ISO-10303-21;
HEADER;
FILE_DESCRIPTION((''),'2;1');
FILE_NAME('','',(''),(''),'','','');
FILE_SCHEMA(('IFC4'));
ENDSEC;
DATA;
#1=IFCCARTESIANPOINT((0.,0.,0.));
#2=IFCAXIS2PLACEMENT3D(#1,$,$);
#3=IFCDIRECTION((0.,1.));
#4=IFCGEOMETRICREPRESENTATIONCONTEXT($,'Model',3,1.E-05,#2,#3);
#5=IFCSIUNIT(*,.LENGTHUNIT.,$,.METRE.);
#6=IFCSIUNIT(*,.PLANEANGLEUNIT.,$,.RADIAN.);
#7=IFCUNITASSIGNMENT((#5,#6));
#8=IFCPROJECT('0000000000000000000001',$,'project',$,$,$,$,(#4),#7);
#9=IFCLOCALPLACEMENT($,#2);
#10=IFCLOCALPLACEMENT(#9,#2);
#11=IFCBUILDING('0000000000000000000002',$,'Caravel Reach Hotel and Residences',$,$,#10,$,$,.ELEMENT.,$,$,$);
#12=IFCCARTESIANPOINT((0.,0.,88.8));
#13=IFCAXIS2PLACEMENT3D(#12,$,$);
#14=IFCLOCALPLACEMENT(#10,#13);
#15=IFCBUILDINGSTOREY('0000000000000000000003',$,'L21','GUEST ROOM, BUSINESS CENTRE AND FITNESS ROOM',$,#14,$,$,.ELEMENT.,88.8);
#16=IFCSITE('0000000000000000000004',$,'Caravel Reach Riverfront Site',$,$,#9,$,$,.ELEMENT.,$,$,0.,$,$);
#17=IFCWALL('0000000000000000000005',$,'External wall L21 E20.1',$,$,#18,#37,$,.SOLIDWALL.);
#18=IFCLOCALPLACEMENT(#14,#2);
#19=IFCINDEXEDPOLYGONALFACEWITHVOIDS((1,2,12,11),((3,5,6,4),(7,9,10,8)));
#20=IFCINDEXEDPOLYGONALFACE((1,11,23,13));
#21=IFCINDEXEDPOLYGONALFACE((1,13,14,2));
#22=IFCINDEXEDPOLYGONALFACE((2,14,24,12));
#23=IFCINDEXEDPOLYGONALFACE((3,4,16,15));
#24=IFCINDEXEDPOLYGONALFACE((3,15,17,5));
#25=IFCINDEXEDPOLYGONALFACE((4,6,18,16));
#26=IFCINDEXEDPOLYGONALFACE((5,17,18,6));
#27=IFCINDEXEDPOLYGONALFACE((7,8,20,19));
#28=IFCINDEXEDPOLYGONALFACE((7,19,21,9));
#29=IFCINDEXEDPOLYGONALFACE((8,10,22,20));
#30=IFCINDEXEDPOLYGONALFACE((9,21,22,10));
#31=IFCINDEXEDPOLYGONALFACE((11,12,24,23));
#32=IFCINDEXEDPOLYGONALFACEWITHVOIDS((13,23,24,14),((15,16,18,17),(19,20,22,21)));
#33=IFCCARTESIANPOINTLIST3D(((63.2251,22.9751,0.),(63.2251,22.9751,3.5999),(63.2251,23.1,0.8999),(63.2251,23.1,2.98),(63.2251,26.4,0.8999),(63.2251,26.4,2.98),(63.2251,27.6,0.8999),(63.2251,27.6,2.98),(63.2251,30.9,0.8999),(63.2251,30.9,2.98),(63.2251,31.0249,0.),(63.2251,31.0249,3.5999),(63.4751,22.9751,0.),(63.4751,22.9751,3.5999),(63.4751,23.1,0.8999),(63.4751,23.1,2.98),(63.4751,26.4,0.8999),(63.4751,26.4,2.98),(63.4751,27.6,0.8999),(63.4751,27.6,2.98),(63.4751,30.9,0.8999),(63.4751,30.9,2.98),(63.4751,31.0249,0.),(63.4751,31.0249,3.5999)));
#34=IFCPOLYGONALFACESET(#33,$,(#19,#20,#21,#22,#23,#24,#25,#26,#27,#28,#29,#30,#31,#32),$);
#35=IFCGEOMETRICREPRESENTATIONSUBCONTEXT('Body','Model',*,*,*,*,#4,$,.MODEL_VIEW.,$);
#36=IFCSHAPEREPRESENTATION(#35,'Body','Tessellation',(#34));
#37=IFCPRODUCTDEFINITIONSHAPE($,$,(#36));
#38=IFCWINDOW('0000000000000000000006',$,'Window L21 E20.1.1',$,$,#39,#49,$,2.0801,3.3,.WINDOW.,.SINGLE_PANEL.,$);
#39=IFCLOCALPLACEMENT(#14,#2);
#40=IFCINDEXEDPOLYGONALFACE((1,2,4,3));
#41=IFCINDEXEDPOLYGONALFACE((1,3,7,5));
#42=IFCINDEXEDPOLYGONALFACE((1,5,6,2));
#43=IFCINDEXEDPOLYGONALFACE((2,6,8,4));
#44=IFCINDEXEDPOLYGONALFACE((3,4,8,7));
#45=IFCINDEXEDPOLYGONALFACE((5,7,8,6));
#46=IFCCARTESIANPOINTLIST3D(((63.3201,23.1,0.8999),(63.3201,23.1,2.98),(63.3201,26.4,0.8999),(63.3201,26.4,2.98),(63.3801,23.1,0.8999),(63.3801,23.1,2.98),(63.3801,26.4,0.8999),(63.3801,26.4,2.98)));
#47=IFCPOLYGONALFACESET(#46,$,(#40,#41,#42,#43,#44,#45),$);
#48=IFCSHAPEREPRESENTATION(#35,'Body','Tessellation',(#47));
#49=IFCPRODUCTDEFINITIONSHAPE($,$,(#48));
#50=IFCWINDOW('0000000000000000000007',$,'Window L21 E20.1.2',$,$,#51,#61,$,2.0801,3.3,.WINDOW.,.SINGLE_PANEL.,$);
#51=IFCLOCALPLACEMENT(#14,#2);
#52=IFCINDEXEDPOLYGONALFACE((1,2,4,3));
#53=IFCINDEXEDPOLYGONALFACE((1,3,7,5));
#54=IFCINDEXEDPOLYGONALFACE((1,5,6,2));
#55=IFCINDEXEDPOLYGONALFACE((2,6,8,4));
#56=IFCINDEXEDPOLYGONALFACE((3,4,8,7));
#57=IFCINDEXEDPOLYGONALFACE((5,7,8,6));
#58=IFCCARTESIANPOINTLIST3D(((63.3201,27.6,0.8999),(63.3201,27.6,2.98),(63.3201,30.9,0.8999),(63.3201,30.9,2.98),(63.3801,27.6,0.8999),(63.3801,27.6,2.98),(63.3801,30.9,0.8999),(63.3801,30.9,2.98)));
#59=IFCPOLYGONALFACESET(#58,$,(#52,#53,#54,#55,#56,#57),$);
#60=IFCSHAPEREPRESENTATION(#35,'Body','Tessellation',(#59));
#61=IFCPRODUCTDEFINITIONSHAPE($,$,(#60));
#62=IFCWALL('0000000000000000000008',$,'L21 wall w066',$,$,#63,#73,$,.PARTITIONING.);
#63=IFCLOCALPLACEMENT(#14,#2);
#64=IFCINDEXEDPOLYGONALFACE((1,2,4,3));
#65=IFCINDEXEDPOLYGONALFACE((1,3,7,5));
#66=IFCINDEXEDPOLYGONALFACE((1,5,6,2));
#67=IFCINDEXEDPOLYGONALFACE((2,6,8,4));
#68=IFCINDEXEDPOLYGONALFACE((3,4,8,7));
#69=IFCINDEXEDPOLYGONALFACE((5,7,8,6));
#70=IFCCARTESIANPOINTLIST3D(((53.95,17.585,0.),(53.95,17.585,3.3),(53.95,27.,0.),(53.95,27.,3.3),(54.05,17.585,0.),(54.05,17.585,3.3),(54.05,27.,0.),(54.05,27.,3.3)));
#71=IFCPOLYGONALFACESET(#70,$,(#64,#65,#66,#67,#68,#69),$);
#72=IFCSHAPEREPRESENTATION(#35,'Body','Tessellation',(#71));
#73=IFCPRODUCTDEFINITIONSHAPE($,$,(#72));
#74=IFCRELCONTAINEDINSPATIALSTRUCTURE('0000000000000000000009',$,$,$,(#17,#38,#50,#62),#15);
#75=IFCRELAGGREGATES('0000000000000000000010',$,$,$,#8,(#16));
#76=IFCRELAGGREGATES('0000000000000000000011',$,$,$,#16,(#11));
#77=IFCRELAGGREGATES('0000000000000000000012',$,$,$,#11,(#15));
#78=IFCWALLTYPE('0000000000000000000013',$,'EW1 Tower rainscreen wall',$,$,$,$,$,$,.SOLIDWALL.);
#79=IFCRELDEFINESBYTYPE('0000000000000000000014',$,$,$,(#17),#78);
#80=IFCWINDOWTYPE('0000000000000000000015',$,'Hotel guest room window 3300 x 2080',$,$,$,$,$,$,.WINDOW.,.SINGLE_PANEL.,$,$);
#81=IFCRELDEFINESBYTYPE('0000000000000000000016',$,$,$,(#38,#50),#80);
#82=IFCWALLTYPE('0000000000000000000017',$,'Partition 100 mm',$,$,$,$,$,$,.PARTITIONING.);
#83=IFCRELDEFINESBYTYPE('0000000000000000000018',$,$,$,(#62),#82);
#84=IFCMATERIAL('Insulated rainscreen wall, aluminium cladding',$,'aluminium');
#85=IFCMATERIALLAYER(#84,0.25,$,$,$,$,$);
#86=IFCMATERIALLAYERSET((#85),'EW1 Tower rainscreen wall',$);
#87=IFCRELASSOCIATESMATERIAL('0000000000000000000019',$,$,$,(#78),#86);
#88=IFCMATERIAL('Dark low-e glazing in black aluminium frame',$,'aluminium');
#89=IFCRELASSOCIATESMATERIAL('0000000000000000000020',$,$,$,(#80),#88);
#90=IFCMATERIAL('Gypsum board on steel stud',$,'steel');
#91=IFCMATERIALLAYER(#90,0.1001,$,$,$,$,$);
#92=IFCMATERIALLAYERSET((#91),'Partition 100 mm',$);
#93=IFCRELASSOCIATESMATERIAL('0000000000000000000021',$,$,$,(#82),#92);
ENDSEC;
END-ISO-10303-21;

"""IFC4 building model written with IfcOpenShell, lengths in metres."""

from ifc_helpers import new_model, si_unit, direction, frame, frame_2d, origin, place, context, subcontext, project, spatial, rectangle, extrude, material, layer, layer_set, type_object, element, fill, save


model = new_model("IFC4")

# Units and contexts
model_context = context("Model", 3, precision=1e-05, world=origin(), true_north=direction((0.0, 1.0)))
body_context = subcontext(model_context, "Body", "Model", "MODEL_VIEW")
ifc_project = project(units=[si_unit("LENGTHUNIT", "METRE"), si_unit("PLANEANGLEUNIT", "RADIAN")], contexts=[model_context])

# Site, building, storey
site_placement = place(None, origin())
site = spatial("IfcSite", under=ifc_project, at=site_placement, Name="Caravel Reach Riverfront Site", CompositionType="ELEMENT", RefElevation=0.0)
building_placement = place(site_placement, origin())
building = spatial("IfcBuilding", under=site, at=building_placement, Name="Caravel Reach Hotel and Residences", CompositionType="ELEMENT")
storey_placement = place(building_placement, frame((0.0, 0.0, 88.8)))
storey = spatial("IfcBuildingStorey", under=building, at=storey_placement, Name="L21", Description="GUEST ROOM, BUSINESS CENTRE AND FITNESS ROOM", CompositionType="ELEMENT", Elevation=88.8)

# Shared definitions
ifc_material_1 = material(Name="Insulated rainscreen wall, aluminium cladding", Category="aluminium")
ifc_layer_1 = layer(ifc_material_1, 0.25)
ifc_layer_set_1 = layer_set([ifc_layer_1], Name="EW1 Tower rainscreen wall")
wall_type_1 = type_object("IfcWallType", Name="EW1 Tower rainscreen wall", PredefinedType="SOLIDWALL", material=ifc_layer_set_1)
ifc_material_2 = material(Name="Dark low-e glazing in black aluminium frame", Category="aluminium")
window_type_1 = type_object("IfcWindowType", Name="Hotel guest room window 3300 x 2080", PartitioningType="SINGLE_PANEL", PredefinedType="WINDOW", material=ifc_material_2)

# Wall, openings, windows
wall_1_placement = place(storey_placement, frame((63.3501, 22.9751, 0.0), z_axis=(0.0, 0.0, 1.0), x_axis=(0.0, 1.0, 0.0)))
wall_1 = element("IfcWall", 1, at=wall_1_placement, inside=storey, type_object=wall_type_1, Name="External wall L21 E20.1", PredefinedType="SOLIDWALL", context=body_context, shape_type="SweptSolid", body=[
    extrude(rectangle(XDim=8.0498, YDim=0.25, at=frame_2d((4.0249, 0.0))), origin(), (0.0, 0.0, 1.0), 3.5999),
])
opening_1_placement = place(wall_1_placement, frame((0.125, 0.0, 0.8999)))
opening_1 = element("IfcOpeningElement", 2, at=opening_1_placement, cuts=wall_1, PredefinedType="OPENING", context=body_context, shape_type="SweptSolid", body=[
    extrude(rectangle(XDim=3.3, YDim=2.0801, at=frame_2d((1.6499, 1.04))), frame((0.0, 0.135, 0.0), z_axis=(0.0, -1.0, 0.0), x_axis=(1.0, 0.0, 0.0)), (0.0, 0.0, 1.0), 0.27),
])
opening_2_placement = place(wall_1_placement, frame((4.625, 0.0, 0.8999)))
opening_2 = element("IfcOpeningElement", 3, at=opening_2_placement, cuts=wall_1, PredefinedType="OPENING", context=body_context, shape_type="SweptSolid", body=[
    extrude(rectangle(XDim=3.3, YDim=2.0801, at=frame_2d((1.6499, 1.04))), frame((0.0, 0.135, 0.0), z_axis=(0.0, -1.0, 0.0), x_axis=(1.0, 0.0, 0.0)), (0.0, 0.0, 1.0), 0.27),
])
window_1_placement = place(opening_1_placement, origin())
window_1 = element("IfcWindow", 4, at=window_1_placement, inside=storey, type_object=window_type_1, Name="Window L21 E20.1.1", OverallHeight=2.0801, OverallWidth=3.3, PartitioningType="SINGLE_PANEL", PredefinedType="WINDOW", context=body_context, shape_type="SweptSolid", body=[
    extrude(rectangle(XDim=3.3, YDim=2.0801, at=frame_2d((1.6499, 1.04))), frame((0.0, 0.03, 0.0), z_axis=(0.0, -1.0, 0.0), x_axis=(1.0, 0.0, 0.0)), (0.0, 0.0, 1.0), 0.0601),
])
fill(opening_1, window_1)
window_2_placement = place(opening_2_placement, origin())
window_2 = element("IfcWindow", 5, at=window_2_placement, inside=storey, type_object=window_type_1, Name="Window L21 E20.1.2", OverallHeight=2.0801, OverallWidth=3.3, PartitioningType="SINGLE_PANEL", PredefinedType="WINDOW", context=body_context, shape_type="SweptSolid", body=[
    extrude(rectangle(XDim=3.3, YDim=2.0801, at=frame_2d((1.6499, 1.04))), frame((0.0, 0.03, 0.0), z_axis=(0.0, -1.0, 0.0), x_axis=(1.0, 0.0, 0.0)), (0.0, 0.0, 1.0), 0.0601),
])
fill(opening_2, window_2)

# Wall
ifc_material_3 = material(Name="Gypsum board on steel stud", Category="steel")
ifc_layer_2 = layer(ifc_material_3, 0.1001)
ifc_layer_set_2 = layer_set([ifc_layer_2], Name="Partition 100 mm")
wall_type_2 = type_object("IfcWallType", Name="Partition 100 mm", PredefinedType="PARTITIONING", material=ifc_layer_set_2)
wall_2_placement = place(storey_placement, frame((54.0, 17.585, 0.0), z_axis=(0.0, 0.0, 1.0), x_axis=(0.0, 1.0, 0.0)))
element("IfcWall", 6, at=wall_2_placement, inside=storey, type_object=wall_type_2, Name="L21 wall w066", PredefinedType="PARTITIONING", context=body_context, shape_type="SweptSolid", body=[
    extrude(rectangle(XDim=9.415, YDim=0.1001, at=frame_2d((4.7075, 0.0))), origin(), (0.0, 0.0, 1.0), 3.3),
])

save(model, "model.ifc")
